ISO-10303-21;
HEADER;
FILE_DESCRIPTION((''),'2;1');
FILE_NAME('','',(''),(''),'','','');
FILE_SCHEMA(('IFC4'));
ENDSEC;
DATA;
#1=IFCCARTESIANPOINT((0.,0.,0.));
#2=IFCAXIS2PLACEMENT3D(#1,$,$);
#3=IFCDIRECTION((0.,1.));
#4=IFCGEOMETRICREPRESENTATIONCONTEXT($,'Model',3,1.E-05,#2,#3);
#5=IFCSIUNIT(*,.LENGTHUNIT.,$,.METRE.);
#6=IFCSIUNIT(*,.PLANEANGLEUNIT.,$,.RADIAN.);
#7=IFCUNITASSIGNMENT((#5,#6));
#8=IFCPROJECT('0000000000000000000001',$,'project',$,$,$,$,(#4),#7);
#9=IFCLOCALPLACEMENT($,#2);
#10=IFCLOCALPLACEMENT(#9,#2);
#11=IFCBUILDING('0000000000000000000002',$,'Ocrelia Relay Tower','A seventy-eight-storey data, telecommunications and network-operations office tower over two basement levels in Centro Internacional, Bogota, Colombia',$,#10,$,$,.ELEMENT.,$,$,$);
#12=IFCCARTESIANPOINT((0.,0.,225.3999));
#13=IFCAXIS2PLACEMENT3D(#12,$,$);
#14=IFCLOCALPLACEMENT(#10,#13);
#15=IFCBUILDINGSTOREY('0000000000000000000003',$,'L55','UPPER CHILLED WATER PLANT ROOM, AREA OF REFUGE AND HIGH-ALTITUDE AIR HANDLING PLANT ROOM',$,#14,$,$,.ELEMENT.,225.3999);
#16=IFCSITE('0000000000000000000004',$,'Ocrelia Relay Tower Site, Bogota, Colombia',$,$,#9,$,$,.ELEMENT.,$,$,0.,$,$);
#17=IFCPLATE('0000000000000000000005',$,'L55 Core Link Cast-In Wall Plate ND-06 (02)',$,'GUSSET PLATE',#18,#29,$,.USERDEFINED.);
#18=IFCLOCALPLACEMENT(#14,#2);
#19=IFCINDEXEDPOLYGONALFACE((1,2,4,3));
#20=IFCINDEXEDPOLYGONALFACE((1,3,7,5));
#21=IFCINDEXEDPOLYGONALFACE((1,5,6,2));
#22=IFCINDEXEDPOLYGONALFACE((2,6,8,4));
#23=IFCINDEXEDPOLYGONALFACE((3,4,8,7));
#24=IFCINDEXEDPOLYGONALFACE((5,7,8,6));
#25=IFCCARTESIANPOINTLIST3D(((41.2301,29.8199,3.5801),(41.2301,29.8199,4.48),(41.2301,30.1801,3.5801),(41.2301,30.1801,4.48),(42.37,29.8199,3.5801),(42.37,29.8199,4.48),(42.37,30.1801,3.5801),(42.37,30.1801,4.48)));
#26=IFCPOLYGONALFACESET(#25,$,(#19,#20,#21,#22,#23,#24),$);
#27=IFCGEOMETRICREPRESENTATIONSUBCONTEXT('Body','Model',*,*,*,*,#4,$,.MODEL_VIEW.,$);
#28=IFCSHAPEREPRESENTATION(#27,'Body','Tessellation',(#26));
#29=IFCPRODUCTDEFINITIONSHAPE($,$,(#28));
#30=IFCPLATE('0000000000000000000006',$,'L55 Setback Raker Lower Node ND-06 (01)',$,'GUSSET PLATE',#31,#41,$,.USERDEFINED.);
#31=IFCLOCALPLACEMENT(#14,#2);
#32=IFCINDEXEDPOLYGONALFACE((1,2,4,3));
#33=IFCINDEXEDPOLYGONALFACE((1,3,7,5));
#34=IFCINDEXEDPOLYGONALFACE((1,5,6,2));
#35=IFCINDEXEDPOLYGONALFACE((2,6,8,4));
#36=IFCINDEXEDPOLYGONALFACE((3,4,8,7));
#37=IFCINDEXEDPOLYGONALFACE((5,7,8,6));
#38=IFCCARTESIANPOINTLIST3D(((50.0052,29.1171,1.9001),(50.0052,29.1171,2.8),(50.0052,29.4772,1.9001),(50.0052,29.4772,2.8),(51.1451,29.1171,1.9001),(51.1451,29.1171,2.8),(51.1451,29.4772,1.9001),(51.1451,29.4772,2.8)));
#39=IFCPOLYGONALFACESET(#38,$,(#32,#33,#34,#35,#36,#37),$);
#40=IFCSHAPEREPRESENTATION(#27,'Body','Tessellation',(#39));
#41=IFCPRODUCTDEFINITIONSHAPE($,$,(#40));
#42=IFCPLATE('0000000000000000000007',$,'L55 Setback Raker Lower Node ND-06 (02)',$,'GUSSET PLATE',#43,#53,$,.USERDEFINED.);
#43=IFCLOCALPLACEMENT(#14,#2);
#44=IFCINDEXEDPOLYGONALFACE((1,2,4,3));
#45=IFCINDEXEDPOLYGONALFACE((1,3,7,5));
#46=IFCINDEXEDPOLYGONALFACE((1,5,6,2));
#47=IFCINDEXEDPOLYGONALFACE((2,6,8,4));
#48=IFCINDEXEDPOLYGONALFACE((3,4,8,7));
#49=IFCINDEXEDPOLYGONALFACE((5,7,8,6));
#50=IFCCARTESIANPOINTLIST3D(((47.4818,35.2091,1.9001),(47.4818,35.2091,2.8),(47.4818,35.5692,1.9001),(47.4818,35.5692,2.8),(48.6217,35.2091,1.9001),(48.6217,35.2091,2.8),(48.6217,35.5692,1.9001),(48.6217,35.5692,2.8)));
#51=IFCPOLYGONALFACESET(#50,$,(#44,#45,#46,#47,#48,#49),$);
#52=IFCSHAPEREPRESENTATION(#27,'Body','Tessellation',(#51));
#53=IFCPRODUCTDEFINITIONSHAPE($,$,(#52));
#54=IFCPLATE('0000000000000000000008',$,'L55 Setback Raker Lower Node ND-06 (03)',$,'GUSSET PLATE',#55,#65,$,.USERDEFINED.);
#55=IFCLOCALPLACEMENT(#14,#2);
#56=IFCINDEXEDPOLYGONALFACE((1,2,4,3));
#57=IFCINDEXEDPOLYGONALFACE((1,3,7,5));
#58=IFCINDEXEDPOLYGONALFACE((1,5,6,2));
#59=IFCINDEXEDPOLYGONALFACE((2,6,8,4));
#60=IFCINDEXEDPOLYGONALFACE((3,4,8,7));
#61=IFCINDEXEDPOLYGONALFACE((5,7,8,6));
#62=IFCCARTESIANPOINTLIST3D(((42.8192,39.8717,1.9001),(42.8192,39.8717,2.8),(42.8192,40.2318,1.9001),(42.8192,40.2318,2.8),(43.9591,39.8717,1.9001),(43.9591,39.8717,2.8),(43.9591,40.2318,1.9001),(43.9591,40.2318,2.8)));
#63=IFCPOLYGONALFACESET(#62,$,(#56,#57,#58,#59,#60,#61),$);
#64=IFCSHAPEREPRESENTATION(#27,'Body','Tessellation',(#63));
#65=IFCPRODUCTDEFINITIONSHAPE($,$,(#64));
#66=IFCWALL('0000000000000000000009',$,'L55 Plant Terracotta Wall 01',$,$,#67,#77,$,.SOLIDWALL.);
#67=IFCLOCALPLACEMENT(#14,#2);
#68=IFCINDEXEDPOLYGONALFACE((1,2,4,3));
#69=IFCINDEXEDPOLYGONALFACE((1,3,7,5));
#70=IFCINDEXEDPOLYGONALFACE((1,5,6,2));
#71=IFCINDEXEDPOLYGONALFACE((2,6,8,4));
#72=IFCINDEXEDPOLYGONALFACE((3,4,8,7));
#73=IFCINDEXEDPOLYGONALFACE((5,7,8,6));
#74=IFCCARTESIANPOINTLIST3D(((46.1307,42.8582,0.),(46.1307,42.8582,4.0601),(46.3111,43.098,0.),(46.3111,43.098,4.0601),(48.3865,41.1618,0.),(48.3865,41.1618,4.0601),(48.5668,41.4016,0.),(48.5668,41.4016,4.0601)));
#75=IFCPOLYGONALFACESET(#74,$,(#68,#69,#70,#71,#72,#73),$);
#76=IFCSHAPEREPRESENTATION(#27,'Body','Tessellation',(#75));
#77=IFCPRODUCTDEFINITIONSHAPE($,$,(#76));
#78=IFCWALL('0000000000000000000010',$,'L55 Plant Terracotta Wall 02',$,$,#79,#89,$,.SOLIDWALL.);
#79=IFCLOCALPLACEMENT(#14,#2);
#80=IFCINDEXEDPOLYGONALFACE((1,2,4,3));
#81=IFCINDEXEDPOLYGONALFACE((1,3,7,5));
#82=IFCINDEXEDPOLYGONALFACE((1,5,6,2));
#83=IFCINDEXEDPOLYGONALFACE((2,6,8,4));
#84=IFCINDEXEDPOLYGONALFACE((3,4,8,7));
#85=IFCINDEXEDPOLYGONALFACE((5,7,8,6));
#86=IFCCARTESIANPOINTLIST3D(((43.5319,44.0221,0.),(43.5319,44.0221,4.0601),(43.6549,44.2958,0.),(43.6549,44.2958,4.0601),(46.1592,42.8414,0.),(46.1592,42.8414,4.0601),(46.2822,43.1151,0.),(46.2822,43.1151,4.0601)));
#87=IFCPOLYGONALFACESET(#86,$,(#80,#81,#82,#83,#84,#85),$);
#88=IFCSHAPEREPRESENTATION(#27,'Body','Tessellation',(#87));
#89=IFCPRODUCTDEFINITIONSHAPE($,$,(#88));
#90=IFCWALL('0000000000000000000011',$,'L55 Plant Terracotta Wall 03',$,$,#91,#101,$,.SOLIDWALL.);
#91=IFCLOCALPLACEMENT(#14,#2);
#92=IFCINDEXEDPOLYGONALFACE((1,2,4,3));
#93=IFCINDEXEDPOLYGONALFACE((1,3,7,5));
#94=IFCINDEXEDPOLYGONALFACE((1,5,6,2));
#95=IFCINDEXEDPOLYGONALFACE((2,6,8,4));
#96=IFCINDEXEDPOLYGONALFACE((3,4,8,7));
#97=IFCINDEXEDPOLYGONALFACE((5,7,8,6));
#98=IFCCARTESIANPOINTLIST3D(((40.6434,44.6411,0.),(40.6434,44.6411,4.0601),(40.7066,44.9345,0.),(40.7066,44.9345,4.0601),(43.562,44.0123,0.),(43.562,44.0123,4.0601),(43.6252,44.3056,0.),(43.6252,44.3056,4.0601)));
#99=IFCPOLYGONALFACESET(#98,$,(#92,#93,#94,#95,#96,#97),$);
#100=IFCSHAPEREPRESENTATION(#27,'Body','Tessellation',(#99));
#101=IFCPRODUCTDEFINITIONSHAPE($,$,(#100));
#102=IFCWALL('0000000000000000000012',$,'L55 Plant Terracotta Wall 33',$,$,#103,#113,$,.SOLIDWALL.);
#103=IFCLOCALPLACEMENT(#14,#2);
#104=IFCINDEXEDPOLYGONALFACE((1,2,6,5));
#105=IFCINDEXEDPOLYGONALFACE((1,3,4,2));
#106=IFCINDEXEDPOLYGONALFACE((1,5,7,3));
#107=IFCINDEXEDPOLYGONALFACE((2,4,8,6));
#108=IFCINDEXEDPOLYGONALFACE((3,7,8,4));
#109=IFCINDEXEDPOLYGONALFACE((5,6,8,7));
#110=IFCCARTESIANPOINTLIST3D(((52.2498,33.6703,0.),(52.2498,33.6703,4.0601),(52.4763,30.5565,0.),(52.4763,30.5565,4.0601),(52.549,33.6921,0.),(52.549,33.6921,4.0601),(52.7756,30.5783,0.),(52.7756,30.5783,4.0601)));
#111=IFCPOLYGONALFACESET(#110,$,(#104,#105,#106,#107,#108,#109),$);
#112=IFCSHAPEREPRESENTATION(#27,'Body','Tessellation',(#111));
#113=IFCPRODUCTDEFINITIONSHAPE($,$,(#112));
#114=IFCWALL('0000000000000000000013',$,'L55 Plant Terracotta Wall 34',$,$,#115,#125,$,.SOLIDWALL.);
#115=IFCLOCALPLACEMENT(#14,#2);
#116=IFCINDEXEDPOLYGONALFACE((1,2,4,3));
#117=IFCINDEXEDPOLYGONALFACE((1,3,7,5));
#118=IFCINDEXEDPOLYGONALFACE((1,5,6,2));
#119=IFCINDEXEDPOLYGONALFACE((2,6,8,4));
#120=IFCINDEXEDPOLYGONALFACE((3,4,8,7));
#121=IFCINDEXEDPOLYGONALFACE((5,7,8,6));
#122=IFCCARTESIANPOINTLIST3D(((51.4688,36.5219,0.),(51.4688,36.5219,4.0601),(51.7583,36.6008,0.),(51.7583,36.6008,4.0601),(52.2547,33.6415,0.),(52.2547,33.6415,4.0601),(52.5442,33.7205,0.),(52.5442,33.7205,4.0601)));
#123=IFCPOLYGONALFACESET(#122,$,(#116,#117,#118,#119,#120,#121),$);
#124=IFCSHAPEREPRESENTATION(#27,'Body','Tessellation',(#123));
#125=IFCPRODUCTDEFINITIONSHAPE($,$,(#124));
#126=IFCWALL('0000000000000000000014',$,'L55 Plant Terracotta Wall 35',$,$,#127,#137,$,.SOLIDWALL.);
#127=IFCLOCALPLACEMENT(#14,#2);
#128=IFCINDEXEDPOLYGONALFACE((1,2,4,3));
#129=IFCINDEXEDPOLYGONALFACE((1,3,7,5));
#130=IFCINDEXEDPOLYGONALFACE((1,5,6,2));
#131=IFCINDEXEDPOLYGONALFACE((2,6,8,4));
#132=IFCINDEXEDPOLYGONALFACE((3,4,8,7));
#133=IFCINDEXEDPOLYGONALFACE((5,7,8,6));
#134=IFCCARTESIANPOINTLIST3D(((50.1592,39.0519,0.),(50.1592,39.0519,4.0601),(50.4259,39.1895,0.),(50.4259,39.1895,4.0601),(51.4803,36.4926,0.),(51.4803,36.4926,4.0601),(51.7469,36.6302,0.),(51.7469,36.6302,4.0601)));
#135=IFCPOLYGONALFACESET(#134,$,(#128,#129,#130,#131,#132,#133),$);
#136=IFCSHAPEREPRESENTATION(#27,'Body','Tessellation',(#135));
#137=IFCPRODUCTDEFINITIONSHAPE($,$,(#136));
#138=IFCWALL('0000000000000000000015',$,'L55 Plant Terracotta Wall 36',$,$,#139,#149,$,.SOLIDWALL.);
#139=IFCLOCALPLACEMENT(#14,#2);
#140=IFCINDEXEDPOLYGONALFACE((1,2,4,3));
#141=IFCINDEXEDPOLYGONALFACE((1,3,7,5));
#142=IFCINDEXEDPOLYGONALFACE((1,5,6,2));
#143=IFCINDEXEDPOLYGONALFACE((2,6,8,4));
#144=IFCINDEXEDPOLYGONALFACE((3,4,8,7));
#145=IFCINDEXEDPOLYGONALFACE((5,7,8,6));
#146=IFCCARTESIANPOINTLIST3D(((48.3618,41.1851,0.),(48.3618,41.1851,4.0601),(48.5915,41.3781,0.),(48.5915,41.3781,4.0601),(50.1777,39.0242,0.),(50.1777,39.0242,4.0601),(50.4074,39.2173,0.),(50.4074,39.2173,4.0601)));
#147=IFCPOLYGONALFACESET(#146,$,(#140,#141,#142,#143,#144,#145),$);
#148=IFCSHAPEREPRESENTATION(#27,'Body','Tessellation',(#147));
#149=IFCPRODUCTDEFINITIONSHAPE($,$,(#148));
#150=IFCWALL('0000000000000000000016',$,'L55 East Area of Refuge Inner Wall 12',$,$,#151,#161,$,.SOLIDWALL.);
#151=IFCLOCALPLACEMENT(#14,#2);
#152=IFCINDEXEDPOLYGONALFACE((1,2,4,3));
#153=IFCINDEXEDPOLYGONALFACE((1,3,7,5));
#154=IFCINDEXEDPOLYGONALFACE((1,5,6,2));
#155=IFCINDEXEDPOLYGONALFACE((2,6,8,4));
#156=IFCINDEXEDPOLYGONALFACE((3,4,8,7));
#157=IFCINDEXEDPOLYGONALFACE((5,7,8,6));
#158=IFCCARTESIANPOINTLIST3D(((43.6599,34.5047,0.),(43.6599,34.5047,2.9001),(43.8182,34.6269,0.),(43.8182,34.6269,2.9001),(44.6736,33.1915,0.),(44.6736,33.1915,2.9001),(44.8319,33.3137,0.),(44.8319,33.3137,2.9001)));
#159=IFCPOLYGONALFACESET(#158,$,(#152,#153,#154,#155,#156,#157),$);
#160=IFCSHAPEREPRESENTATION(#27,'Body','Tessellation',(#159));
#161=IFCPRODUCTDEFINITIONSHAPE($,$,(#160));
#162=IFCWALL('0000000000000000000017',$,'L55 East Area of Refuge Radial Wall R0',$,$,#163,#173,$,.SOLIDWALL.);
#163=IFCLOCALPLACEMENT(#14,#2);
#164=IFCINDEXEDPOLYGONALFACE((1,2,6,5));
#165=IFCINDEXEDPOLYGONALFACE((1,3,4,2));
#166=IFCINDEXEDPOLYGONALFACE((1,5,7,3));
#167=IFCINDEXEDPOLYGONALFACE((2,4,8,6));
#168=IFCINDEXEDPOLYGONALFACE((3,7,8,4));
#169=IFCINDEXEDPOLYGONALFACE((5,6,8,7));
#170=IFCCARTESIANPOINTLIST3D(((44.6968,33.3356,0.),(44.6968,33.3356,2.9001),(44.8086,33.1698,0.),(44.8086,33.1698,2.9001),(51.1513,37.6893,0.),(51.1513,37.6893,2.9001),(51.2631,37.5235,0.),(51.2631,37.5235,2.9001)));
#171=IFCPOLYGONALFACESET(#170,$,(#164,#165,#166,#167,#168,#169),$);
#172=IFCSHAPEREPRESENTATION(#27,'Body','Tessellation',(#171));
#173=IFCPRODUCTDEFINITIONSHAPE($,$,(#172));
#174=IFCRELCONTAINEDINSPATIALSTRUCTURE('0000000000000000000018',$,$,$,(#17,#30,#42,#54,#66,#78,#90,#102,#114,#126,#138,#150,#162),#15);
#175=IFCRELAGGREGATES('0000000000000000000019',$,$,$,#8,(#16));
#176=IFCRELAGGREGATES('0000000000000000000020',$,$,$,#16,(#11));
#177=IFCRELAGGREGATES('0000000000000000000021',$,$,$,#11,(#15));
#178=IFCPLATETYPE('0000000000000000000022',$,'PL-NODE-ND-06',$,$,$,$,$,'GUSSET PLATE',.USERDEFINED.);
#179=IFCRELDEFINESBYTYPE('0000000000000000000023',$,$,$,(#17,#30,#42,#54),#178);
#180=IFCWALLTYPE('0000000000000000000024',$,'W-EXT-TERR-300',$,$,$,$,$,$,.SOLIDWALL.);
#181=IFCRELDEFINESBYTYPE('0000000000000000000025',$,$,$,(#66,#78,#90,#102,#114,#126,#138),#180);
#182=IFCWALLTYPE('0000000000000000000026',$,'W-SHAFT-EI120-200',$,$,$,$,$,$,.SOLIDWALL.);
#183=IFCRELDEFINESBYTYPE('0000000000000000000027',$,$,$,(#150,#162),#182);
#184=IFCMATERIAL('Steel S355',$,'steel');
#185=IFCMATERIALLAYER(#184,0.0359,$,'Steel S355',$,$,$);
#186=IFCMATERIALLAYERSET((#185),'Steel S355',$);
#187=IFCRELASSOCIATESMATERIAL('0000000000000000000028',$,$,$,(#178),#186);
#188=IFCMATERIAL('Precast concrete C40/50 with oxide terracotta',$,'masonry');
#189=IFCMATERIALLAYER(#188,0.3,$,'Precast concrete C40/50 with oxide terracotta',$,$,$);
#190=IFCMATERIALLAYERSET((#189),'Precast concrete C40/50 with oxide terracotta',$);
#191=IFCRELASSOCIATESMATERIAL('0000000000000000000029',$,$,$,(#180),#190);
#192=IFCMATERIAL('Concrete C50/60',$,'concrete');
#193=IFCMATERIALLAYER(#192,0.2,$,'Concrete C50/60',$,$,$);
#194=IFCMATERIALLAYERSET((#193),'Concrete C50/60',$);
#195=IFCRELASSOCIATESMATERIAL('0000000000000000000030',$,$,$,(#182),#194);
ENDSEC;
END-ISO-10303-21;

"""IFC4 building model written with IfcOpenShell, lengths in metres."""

from ifc_helpers import new_model, si_unit, direction, frame, frame_2d, origin, origin_2d, place, context, subcontext, project, spatial, rectangle, extrude, material, layer, layer_set, type_object, element, save


model = new_model("IFC4")

# Units and contexts
model_context = context("Model", 3, precision=1e-05, world=origin(), true_north=direction((0.0, 1.0)))
body_context = subcontext(model_context, "Body", "Model", "MODEL_VIEW")
ifc_project = project(units=[si_unit("LENGTHUNIT", "METRE"), si_unit("PLANEANGLEUNIT", "RADIAN")], contexts=[model_context])

# Site, building, storey
site_placement = place(None, origin())
site = spatial("IfcSite", under=ifc_project, at=site_placement, Name="Ocrelia Relay Tower Site, Bogota, Colombia", CompositionType="ELEMENT", RefElevation=0.0)
building_placement = place(site_placement, origin())
building = spatial("IfcBuilding", under=site, at=building_placement, Name="Ocrelia Relay Tower", Description="A seventy-eight-storey data, telecommunications and network-operations office tower over two basement levels in Centro Internacional, Bogota, Colombia", CompositionType="ELEMENT")
storey_placement = place(building_placement, frame((0.0, 0.0, 225.3999)))
storey = spatial("IfcBuildingStorey", under=building, at=storey_placement, Name="L55", Description="UPPER CHILLED WATER PLANT ROOM, AREA OF REFUGE AND HIGH-ALTITUDE AIR HANDLING PLANT ROOM", CompositionType="ELEMENT", Elevation=225.3999)

# Shared definitions
ifc_material_1 = material(Name="Steel S355", Category="steel")

# Plates
ifc_layer_1 = layer(ifc_material_1, 0.0359, Name="Steel S355")
ifc_layer_set_1 = layer_set([ifc_layer_1], Name="Steel S355")
plate_type = type_object("IfcPlateType", Name="PL-NODE-ND-06", ElementType="GUSSET PLATE", PredefinedType="USERDEFINED", material=ifc_layer_set_1)
for number, where, z_axis, x_axis, name in (
    (1, (41.8, 30.0, 3.5801), (0.0, 0.0, 1.0), (1.0, 0.0, 0.0), "L55 Core Link Cast-In Wall Plate ND-06 (02)"),
    (2, (50.5752, 29.2971, 1.9001), (0.0, 0.0, 1.0), (1.0, 0.0, 0.0), "L55 Setback Raker Lower Node ND-06 (01)"),
    (3, (48.0518, 35.3892, 1.9001), (0.0, 0.0, 1.0), (1.0, 0.0, 0.0), "L55 Setback Raker Lower Node ND-06 (02)"),
    (4, (43.3892, 40.0518, 1.9001), (0.0, 0.0, 1.0), (1.0, 0.0, 0.0), "L55 Setback Raker Lower Node ND-06 (03)"),
):
    element("IfcPlate", number, at=place(storey_placement, frame(where, z_axis=z_axis, x_axis=x_axis)), inside=storey, type_object=plate_type, Name=name, ObjectType="GUSSET PLATE", PredefinedType="USERDEFINED", context=body_context, shape_type="SweptSolid", body=[
        extrude(rectangle(XDim=1.1399, YDim=0.3601, at=origin_2d()), origin(), (0.0, 0.0, 1.0), 0.8999),
    ])

# Walls
ifc_material_2 = material(Name="Precast concrete C40/50 with oxide terracotta", Category="masonry")
ifc_layer_2 = layer(ifc_material_2, 0.3, Name="Precast concrete C40/50 with oxide terracotta")
ifc_layer_set_2 = layer_set([ifc_layer_2], Name="Precast concrete C40/50 with oxide terracotta")
wall_type_1 = type_object("IfcWallType", Name="W-EXT-TERR-300", PredefinedType="SOLIDWALL", material=ifc_layer_set_2)
wall_1_placement = place(storey_placement, frame((48.4766, 41.2817, 0.0), z_axis=(0.0, 0.0, 1.0), x_axis=(-0.79921, 0.601051, 0.0)))
element("IfcWall", 5, at=wall_1_placement, inside=storey, type_object=wall_type_1, Name="L55 Plant Terracotta Wall 01", PredefinedType="SOLIDWALL", context=body_context, shape_type="SweptSolid", body=[
    extrude(rectangle(XDim=2.8225, YDim=0.3, at=frame_2d((1.4111, 0.0))), origin(), (0.0, 0.0, 1.0), 4.0601),
])
wall_2_placement = place(storey_placement, frame((46.2207, 42.9783, 0.0), z_axis=(0.0, 0.0, 1.0), x_axis=(-0.912126, 0.40991, 0.0)))
element("IfcWall", 6, at=wall_2_placement, inside=storey, type_object=wall_type_1, Name="L55 Plant Terracotta Wall 02", PredefinedType="SOLIDWALL", context=body_context, shape_type="SweptSolid", body=[
    extrude(rectangle(XDim=2.8804, YDim=0.3, at=frame_2d((1.4402, 0.0))), origin(), (0.0, 0.0, 1.0), 4.0601),
])
wall_3_placement = place(storey_placement, frame((43.5935, 44.1589, 0.0), z_axis=(0.0, 0.0, 1.0), x_axis=(-0.977564, 0.21064, 0.0)))
element("IfcWall", 7, at=wall_3_placement, inside=storey, type_object=wall_type_1, Name="L55 Plant Terracotta Wall 03", PredefinedType="SOLIDWALL", context=body_context, shape_type="SweptSolid", body=[
    extrude(rectangle(XDim=2.9856, YDim=0.3, at=frame_2d((1.4927, 0.0))), origin(), (0.0, 0.0, 1.0), 4.0601),
])
wall_4_placement = place(storey_placement, frame((52.626, 30.5674, 0.0), z_axis=(0.0, 0.0, 1.0), x_axis=(-0.07257, 0.997363, 0.0)))
element("IfcWall", 8, at=wall_4_placement, inside=storey, type_object=wall_type_1, Name="L55 Plant Terracotta Wall 33", PredefinedType="SOLIDWALL", context=body_context, shape_type="SweptSolid", body=[
    extrude(rectangle(XDim=3.1221, YDim=0.3, at=frame_2d((1.561, 0.0))), origin(), (0.0, 0.0, 1.0), 4.0601),
])
wall_5_placement = place(storey_placement, frame((52.3994, 33.6812, 0.0), z_axis=(0.0, 0.0, 1.0), x_axis=(-0.263221, 0.964736, 0.0)))
element("IfcWall", 9, at=wall_5_placement, inside=storey, type_object=wall_type_1, Name="L55 Plant Terracotta Wall 34", PredefinedType="SOLIDWALL", context=body_context, shape_type="SweptSolid", body=[
    extrude(rectangle(XDim=2.9856, YDim=0.3, at=frame_2d((1.4927, 0.0))), origin(), (0.0, 0.0, 1.0), 4.0601),
])
wall_6_placement = place(storey_placement, frame((51.6135, 36.5615, 0.0), z_axis=(0.0, 0.0, 1.0), x_axis=(-0.458671, 0.888606, 0.0)))
element("IfcWall", 10, at=wall_6_placement, inside=storey, type_object=wall_type_1, Name="L55 Plant Terracotta Wall 35", PredefinedType="SOLIDWALL", context=body_context, shape_type="SweptSolid", body=[
    extrude(rectangle(XDim=2.8801, YDim=0.3, at=frame_2d((1.4399, 0.0))), origin(), (0.0, 0.0, 1.0), 4.0601),
])
wall_7_placement = place(storey_placement, frame((50.2925, 39.1208, 0.0), z_axis=(0.0, 0.0, 1.0), x_axis=(-0.643352, 0.76557, 0.0)))
element("IfcWall", 11, at=wall_7_placement, inside=storey, type_object=wall_type_1, Name="L55 Plant Terracotta Wall 36", PredefinedType="SOLIDWALL", context=body_context, shape_type="SweptSolid", body=[
    extrude(rectangle(XDim=2.8225, YDim=0.3, at=frame_2d((1.4111, 0.0))), origin(), (0.0, 0.0, 1.0), 4.0601),
])

# Shared definitions
ifc_material_3 = material(Name="Concrete C50/60", Category="concrete")
ifc_layer_3 = layer(ifc_material_3, 0.2, Name="Concrete C50/60")
ifc_layer_set_3 = layer_set([ifc_layer_3], Name="Concrete C50/60")
wall_type_2 = type_object("IfcWallType", Name="W-SHAFT-EI120-200", PredefinedType="SOLIDWALL", material=ifc_layer_set_3)

# Walls
wall_8_placement = place(storey_placement, frame((43.739, 34.5659, 0.0), z_axis=(0.0, 0.0, 1.0), x_axis=(0.611033, -0.791605, 0.0)))
element("IfcWall", 12, at=wall_8_placement, inside=storey, type_object=wall_type_2, Name="L55 East Area of Refuge Inner Wall 12", PredefinedType="SOLIDWALL", context=body_context, shape_type="SweptSolid", body=[
    extrude(rectangle(XDim=1.6589, YDim=0.2, at=frame_2d((0.8296, 0.0))), origin(), (0.0, 0.0, 1.0), 2.9001),
])
wall_9_placement = place(storey_placement, frame((44.7527, 33.2527, 0.0), z_axis=(0.0, 0.0, 1.0), x_axis=(0.829033, 0.5592, 0.0)))
element("IfcWall", 13, at=wall_9_placement, inside=storey, type_object=wall_type_2, Name="L55 East Area of Refuge Radial Wall R0", PredefinedType="SOLIDWALL", context=body_context, shape_type="SweptSolid", body=[
    extrude(rectangle(XDim=7.7856, YDim=0.2, at=frame_2d((3.8928, 0.0))), origin(), (0.0, 0.0, 1.0), 2.9001),
])

save(model, "model.ifc")
